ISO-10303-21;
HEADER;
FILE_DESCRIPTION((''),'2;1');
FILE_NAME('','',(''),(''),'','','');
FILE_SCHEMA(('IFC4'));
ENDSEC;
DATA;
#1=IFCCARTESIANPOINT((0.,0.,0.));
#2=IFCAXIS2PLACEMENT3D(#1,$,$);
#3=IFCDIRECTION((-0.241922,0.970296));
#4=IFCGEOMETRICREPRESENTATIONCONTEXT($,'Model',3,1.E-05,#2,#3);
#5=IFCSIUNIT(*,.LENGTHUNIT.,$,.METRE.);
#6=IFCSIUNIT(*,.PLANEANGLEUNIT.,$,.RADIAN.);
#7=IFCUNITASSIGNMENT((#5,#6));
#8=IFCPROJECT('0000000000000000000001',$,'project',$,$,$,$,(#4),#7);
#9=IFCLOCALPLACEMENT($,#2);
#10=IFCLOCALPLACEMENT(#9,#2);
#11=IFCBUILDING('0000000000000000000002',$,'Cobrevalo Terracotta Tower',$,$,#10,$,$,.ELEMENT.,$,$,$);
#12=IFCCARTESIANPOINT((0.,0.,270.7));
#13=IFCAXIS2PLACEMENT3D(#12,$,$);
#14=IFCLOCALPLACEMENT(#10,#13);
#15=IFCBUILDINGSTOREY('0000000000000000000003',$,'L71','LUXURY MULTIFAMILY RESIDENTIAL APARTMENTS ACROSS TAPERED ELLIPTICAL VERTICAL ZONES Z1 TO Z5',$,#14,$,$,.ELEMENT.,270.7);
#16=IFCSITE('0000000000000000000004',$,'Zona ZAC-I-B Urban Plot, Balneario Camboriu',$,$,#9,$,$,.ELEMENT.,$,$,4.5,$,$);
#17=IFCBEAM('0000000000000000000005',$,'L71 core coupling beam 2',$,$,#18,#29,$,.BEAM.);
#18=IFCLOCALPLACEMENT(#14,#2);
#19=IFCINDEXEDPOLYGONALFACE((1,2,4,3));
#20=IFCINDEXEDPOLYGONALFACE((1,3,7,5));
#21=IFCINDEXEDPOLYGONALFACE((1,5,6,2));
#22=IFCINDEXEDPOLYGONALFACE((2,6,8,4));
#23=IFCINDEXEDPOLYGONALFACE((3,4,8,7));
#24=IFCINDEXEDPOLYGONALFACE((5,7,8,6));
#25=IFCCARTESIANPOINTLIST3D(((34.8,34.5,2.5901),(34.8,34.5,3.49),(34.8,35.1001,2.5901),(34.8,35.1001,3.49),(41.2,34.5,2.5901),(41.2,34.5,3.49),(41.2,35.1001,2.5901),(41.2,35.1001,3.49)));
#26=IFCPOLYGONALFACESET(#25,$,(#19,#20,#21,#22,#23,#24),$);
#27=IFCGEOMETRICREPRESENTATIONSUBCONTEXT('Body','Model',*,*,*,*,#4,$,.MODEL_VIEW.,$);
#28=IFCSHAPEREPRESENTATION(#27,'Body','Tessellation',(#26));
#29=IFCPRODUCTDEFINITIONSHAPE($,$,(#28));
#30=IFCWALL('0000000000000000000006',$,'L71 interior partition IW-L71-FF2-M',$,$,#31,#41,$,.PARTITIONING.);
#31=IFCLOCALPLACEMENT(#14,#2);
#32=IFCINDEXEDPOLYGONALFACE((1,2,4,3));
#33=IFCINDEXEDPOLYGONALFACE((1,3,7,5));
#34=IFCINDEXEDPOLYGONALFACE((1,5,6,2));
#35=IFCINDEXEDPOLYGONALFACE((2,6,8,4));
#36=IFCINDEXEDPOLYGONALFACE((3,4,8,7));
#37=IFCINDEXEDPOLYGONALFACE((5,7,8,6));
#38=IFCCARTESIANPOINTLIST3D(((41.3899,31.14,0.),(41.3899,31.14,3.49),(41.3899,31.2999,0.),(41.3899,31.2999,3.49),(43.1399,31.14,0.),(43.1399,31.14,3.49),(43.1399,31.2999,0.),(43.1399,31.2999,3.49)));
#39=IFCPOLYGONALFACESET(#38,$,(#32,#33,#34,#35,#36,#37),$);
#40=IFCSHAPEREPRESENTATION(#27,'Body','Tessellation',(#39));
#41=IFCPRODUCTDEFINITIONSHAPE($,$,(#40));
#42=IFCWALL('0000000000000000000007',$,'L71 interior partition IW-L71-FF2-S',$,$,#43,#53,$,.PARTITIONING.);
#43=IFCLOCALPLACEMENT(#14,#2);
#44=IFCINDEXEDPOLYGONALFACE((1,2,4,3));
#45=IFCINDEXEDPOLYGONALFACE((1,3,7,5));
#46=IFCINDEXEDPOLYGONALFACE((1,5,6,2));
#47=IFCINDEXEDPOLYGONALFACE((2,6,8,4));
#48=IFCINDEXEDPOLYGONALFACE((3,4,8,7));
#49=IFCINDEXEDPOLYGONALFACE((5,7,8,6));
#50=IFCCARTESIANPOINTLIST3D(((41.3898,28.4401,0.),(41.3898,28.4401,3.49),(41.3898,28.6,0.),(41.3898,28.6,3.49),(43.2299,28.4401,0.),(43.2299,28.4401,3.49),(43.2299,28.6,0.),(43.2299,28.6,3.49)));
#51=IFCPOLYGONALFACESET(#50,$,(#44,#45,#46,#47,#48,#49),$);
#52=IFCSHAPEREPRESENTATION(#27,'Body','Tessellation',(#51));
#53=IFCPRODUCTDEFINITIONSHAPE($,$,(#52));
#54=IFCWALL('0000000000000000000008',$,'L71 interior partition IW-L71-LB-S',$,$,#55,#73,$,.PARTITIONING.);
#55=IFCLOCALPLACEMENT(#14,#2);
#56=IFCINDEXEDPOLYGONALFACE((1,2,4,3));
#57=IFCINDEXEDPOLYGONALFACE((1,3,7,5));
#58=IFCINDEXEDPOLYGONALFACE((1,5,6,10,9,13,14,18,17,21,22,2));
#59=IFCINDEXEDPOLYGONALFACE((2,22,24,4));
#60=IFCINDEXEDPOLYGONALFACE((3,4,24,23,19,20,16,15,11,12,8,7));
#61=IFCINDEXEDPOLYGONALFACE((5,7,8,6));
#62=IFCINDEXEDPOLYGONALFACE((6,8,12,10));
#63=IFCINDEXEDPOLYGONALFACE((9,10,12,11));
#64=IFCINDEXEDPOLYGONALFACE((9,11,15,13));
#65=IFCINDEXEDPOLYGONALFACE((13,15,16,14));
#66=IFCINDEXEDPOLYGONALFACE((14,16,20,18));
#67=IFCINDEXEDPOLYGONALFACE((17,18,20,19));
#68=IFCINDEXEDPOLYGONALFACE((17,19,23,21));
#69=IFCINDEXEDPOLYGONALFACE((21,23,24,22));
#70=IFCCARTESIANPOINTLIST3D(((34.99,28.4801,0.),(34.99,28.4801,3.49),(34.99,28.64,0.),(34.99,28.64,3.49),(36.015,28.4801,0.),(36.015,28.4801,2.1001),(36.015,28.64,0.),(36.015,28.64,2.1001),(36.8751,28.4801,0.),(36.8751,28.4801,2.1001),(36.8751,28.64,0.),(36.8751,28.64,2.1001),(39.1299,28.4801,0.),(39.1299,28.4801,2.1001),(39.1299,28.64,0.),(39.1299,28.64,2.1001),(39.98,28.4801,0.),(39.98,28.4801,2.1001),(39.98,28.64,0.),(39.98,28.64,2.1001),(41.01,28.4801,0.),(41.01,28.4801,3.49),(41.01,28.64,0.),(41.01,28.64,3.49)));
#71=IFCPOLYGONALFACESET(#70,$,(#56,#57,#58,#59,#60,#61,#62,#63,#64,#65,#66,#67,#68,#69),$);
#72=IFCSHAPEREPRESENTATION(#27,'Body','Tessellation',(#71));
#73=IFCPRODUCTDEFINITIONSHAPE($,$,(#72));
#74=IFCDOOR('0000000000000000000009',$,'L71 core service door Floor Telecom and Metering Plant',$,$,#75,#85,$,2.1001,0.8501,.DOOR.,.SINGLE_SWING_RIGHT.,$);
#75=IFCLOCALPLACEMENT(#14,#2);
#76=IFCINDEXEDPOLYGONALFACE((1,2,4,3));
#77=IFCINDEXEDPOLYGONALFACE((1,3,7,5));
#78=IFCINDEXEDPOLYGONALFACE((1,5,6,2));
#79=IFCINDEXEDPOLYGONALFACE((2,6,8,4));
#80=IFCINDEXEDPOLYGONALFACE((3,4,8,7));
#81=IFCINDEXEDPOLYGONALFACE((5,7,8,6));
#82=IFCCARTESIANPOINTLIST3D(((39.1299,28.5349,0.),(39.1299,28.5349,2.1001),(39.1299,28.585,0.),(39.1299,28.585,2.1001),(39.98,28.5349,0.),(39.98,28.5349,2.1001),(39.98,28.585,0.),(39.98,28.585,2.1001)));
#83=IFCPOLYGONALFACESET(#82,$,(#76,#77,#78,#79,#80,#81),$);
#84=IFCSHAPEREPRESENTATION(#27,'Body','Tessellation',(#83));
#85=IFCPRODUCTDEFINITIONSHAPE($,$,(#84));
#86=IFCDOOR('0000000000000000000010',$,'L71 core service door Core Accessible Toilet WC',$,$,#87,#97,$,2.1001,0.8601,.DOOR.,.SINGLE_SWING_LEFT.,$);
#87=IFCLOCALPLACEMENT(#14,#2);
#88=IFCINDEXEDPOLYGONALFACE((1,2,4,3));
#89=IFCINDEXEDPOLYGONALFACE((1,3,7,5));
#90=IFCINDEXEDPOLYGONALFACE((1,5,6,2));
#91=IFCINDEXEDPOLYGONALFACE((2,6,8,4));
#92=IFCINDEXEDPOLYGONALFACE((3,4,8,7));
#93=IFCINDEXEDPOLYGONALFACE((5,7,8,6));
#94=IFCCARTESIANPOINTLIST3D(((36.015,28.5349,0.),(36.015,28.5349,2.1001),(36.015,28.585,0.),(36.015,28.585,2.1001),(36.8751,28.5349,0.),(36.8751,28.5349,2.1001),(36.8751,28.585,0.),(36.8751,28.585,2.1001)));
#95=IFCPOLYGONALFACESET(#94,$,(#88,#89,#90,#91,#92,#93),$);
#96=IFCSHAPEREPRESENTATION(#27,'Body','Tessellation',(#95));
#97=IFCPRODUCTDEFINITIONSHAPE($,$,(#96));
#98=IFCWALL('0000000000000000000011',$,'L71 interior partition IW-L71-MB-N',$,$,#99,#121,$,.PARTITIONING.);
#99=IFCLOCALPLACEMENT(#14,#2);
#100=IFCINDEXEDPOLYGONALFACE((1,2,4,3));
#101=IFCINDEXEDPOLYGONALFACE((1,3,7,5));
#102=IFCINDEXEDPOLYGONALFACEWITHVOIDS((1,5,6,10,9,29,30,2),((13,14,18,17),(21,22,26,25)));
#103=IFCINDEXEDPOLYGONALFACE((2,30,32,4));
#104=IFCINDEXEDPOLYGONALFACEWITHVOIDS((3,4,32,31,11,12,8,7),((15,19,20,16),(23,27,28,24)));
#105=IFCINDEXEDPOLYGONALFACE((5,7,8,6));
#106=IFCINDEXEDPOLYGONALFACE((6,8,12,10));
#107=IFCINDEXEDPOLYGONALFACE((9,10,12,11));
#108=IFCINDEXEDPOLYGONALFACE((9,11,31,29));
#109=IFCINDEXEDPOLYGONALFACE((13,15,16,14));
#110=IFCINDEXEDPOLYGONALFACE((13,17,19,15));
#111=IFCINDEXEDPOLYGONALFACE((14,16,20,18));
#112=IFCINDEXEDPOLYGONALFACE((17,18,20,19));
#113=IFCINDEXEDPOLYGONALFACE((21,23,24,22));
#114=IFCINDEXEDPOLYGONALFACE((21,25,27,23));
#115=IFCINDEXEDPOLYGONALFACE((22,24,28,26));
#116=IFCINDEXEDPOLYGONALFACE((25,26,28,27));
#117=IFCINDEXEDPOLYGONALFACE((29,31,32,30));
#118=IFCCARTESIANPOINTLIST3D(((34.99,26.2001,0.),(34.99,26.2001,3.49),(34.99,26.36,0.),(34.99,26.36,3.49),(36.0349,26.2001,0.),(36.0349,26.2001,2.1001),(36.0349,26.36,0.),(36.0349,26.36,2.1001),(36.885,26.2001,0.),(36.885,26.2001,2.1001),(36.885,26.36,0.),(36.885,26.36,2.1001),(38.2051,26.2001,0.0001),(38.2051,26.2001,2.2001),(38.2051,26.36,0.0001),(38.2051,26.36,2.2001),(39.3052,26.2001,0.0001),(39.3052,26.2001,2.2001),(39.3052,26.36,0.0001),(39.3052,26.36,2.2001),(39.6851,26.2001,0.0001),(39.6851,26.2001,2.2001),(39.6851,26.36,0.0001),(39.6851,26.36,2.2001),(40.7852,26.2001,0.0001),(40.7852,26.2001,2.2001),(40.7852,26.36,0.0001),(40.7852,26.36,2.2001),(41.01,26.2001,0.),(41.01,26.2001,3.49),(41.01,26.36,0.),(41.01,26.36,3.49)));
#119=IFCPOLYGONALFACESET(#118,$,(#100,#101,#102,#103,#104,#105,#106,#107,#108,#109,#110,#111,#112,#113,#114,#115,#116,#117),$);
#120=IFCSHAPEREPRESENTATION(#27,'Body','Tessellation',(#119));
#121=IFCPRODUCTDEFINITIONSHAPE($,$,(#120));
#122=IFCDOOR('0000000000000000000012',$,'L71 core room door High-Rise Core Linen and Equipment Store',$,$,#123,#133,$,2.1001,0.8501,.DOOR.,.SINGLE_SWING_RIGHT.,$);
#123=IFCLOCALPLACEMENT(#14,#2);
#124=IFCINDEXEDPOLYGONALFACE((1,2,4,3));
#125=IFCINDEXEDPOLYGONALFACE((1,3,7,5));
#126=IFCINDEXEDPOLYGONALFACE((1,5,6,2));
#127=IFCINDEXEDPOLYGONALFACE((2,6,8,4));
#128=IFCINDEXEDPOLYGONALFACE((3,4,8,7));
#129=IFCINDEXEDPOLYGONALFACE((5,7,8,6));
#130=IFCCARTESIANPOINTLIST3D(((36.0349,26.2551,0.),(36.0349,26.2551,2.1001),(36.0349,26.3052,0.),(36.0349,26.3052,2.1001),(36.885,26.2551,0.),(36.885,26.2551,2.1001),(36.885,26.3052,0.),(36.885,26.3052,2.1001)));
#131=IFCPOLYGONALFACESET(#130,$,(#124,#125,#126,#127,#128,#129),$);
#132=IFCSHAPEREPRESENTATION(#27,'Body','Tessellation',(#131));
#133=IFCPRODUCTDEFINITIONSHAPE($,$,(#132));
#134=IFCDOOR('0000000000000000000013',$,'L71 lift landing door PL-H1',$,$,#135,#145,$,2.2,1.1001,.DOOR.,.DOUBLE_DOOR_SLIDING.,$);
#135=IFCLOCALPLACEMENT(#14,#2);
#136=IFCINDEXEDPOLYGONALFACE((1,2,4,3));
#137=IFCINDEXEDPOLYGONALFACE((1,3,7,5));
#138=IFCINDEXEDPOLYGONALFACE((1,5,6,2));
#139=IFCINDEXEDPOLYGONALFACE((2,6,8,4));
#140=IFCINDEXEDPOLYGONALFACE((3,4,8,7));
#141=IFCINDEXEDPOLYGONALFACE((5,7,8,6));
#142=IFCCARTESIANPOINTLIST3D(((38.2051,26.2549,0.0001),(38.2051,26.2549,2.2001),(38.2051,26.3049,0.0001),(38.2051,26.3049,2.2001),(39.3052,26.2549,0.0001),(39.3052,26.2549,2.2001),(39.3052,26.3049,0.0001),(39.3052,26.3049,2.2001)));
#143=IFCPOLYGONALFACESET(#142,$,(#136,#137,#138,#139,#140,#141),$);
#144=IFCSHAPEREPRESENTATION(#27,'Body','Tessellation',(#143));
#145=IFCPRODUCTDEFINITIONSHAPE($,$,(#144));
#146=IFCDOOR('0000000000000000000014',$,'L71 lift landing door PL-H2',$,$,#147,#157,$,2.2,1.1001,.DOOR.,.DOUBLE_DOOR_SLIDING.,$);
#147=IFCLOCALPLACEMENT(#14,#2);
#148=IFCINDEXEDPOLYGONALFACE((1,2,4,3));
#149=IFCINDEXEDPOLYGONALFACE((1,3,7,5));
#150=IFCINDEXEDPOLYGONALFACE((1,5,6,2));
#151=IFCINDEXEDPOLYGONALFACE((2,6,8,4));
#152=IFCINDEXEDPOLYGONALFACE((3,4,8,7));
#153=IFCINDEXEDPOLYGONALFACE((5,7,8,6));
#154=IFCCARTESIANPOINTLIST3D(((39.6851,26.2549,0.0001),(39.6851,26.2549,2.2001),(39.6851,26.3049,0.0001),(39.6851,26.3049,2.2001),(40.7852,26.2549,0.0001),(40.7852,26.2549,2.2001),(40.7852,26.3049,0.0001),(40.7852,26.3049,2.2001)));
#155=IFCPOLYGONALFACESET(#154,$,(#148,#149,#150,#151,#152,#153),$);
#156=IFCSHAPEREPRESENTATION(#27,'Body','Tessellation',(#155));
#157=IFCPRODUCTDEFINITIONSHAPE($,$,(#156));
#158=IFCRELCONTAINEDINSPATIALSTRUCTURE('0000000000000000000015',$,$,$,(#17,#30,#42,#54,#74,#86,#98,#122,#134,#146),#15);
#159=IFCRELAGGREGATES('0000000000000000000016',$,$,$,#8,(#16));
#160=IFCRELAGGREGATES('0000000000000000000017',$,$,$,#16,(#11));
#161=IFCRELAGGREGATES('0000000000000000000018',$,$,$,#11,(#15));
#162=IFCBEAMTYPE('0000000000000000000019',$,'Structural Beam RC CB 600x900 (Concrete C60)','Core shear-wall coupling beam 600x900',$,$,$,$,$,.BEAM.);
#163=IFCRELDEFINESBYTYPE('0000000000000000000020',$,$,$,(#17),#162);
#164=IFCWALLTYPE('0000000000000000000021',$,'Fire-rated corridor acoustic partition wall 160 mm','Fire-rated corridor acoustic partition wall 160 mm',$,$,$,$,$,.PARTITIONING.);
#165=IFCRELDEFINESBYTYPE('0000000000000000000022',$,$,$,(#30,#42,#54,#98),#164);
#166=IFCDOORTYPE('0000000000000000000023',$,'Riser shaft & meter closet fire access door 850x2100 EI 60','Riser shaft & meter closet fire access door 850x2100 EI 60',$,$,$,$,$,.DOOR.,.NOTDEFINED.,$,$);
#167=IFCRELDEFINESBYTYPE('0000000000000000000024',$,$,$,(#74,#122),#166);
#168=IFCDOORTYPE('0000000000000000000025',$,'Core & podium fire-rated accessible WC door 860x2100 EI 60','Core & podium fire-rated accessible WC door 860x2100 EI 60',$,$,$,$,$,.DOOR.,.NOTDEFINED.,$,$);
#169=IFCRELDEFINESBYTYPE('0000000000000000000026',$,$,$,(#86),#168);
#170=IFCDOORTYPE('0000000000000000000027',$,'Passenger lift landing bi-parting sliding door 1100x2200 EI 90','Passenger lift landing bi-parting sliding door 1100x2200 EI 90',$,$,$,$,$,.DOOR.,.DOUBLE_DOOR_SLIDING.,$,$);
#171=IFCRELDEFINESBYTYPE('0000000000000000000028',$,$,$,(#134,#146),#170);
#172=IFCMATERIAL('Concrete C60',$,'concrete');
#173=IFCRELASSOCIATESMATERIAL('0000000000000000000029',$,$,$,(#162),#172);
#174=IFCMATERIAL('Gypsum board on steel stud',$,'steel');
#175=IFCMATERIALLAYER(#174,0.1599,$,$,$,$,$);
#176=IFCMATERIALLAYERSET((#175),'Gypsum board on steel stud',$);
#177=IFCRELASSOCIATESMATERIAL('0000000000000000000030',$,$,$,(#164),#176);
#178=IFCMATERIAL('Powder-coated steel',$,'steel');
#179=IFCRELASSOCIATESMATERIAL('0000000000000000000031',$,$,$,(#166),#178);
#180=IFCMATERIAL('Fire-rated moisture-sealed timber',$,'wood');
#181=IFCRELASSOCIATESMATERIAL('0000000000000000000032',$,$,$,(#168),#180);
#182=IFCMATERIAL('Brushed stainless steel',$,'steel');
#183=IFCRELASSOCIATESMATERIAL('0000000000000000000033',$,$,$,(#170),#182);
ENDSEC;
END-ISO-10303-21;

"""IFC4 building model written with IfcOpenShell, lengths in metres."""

from ifc_helpers import new_model, si_unit, direction, frame, frame_2d, origin, origin_2d, place, context, subcontext, project, spatial, rectangle, extrude, source, transform, mapped, material, layer, layer_set, material_profile, profile_set, type_object, element, fill, save


model = new_model("IFC4")

# Units and contexts
model_context = context("Model", 3, precision=1e-05, world=origin(), true_north=direction((-0.241922, 0.970296)))
body_context = subcontext(model_context, "Body", "Model", "MODEL_VIEW")
ifc_project = project(units=[si_unit("LENGTHUNIT", "METRE"), si_unit("PLANEANGLEUNIT", "RADIAN")], contexts=[model_context])

# Site, building, storey
site_placement = place(None, origin())
site = spatial("IfcSite", under=ifc_project, at=site_placement, Name="Zona ZAC-I-B Urban Plot, Balneario Camboriu", CompositionType="ELEMENT", RefElevation=4.5)
building_placement = place(site_placement, origin())
building = spatial("IfcBuilding", under=site, at=building_placement, Name="Cobrevalo Terracotta Tower", CompositionType="ELEMENT")
storey_placement = place(building_placement, frame((0.0, 0.0, 270.7)))
storey = spatial("IfcBuildingStorey", under=building, at=storey_placement, Name="L71", Description="LUXURY MULTIFAMILY RESIDENTIAL APARTMENTS ACROSS TAPERED ELLIPTICAL VERTICAL ZONES Z1 TO Z5", CompositionType="ELEMENT", Elevation=270.7)

# Beam
ifc_material_1 = material(Name="Concrete C60", Category="concrete")
ifc_material_profile = material_profile(ifc_material_1, rectangle(XDim=0.6001, YDim=0.8999, at=origin_2d()), Name="RC CB 600x900")
ifc_profile_set = profile_set([ifc_material_profile], Name="Concrete C60")
beam_type = type_object("IfcBeamType", Name="Structural Beam RC CB 600x900 (Concrete C60)", Description="Core shear-wall coupling beam 600x900", PredefinedType="BEAM", material=ifc_profile_set)
beam_placement = place(storey_placement, frame((34.8, 34.8, 3.04), z_axis=(1.0, 0.0, 0.0), x_axis=(0.0, 1.0, 0.0)))
element("IfcBeam", 1, at=beam_placement, inside=storey, type_object=beam_type, Name="L71 core coupling beam 2", PredefinedType="BEAM", context=body_context, shape_type="SweptSolid", body=[
    extrude(rectangle(XDim=0.6001, YDim=0.8999, at=origin_2d()), origin(), (0.0, 0.0, 1.0), 6.3999),
])

# Walls
ifc_material_2 = material(Name="Gypsum board on steel stud", Category="steel")
ifc_layer_1 = layer(ifc_material_2, 0.1599)
ifc_layer_set_1 = layer_set([ifc_layer_1], Name="Gypsum board on steel stud")
wall_type_1 = type_object("IfcWallType", Name="Fire-rated corridor acoustic partition wall 160 mm", Description="Fire-rated corridor acoustic partition wall 160 mm", PredefinedType="PARTITIONING", material=ifc_layer_set_1)
wall_1_placement = place(storey_placement, frame((41.3899, 31.22, 0.0), z_axis=(0.0, 0.0, 1.0), x_axis=(1.0, 0.0, 0.0)))
element("IfcWall", 2, at=wall_1_placement, inside=storey, type_object=wall_type_1, Name="L71 interior partition IW-L71-FF2-M", PredefinedType="PARTITIONING", context=body_context, shape_type="SweptSolid", body=[
    extrude(rectangle(XDim=1.75, YDim=0.1599, at=frame_2d((0.875, 0.0))), origin(), (0.0, 0.0, 1.0), 3.49),
])
wall_2_placement = place(storey_placement, frame((41.3899, 28.52, 0.0), z_axis=(0.0, 0.0, 1.0), x_axis=(1.0, 0.0, 0.0)))
element("IfcWall", 3, at=wall_2_placement, inside=storey, type_object=wall_type_1, Name="L71 interior partition IW-L71-FF2-S", PredefinedType="PARTITIONING", context=body_context, shape_type="SweptSolid", body=[
    extrude(rectangle(XDim=1.8401, YDim=0.1599, at=frame_2d((0.9199, 0.0))), origin(), (0.0, 0.0, 1.0), 3.49),
])

# Walls, openings, doors
wall_3_placement = place(storey_placement, frame((34.99, 28.5601, 0.0), z_axis=(0.0, 0.0, 1.0), x_axis=(1.0, 0.0, 0.0)))
wall_3 = element("IfcWall", 4, at=wall_3_placement, inside=storey, type_object=wall_type_1, Name="L71 interior partition IW-L71-LB-S", PredefinedType="PARTITIONING", context=body_context, shape_type="SweptSolid", body=[
    extrude(rectangle(XDim=6.02, YDim=0.1599, at=frame_2d((3.01, 0.0))), origin(), (0.0, 0.0, 1.0), 3.49),
])
opening_1_placement = place(wall_3_placement, frame((1.0249, 0.0, 0.0)))
opening_1 = element("IfcOpeningElement", 5, at=opening_1_placement, cuts=wall_3, PredefinedType="OPENING", context=body_context, shape_type="SweptSolid", body=[
    extrude(rectangle(XDim=0.8601, YDim=2.1001, at=frame_2d((0.4302, 1.05))), frame((0.0, 0.0898, 0.0), z_axis=(0.0, -1.0, 0.0), x_axis=(1.0, 0.0, 0.0)), (0.0, 0.0, 1.0), 0.1799),
])
opening_2_placement = place(wall_3_placement, frame((4.1399, 0.0, 0.0)))
opening_2 = element("IfcOpeningElement", 6, at=opening_2_placement, cuts=wall_3, PredefinedType="OPENING", context=body_context, shape_type="SweptSolid", body=[
    extrude(rectangle(XDim=0.8501, YDim=2.1001, at=frame_2d((0.425, 1.05))), frame((0.0, 0.0898, 0.0), z_axis=(0.0, -1.0, 0.0), x_axis=(1.0, 0.0, 0.0)), (0.0, 0.0, 1.0), 0.1799),
])
ifc_material_3 = material(Name="Powder-coated steel", Category="steel")
door_type_1 = type_object("IfcDoorType", Name="Riser shaft & meter closet fire access door 850x2100 EI 60", Description="Riser shaft & meter closet fire access door 850x2100 EI 60", OperationType="NOTDEFINED", PredefinedType="DOOR", material=ifc_material_3)
shared_shape_1 = source(origin(), body_context, "Body", "SweptSolid", [
    extrude(rectangle(XDim=0.8501, YDim=2.1001, at=frame_2d((0.425, 1.05))), frame((0.0, 0.0249, 0.0), z_axis=(0.0, -1.0, 0.0), x_axis=(1.0, 0.0, 0.0)), (0.0, 0.0, 1.0), 0.05),
])
door_1_placement = place(opening_2_placement, origin())
door_1 = element("IfcDoor", 7, at=door_1_placement, inside=storey, type_object=door_type_1, Name="L71 core service door Floor Telecom and Metering Plant", OperationType="SINGLE_SWING_RIGHT", OverallHeight=2.1001, OverallWidth=0.8501, PredefinedType="DOOR", context=body_context, shape_type="MappedRepresentation", body=[
    mapped(shared_shape_1, transform((0.0, 0.0, 0.0), scale=1.0)),
])
fill(opening_2, door_1)
ifc_material_4 = material(Name="Fire-rated moisture-sealed timber", Category="wood")
door_type_2 = type_object("IfcDoorType", Name="Core & podium fire-rated accessible WC door 860x2100 EI 60", Description="Core & podium fire-rated accessible WC door 860x2100 EI 60", OperationType="NOTDEFINED", PredefinedType="DOOR", material=ifc_material_4)
shared_shape_2 = source(origin(), body_context, "Body", "SweptSolid", [
    extrude(rectangle(XDim=0.8601, YDim=2.1001, at=frame_2d((0.4302, 1.05))), frame((0.0, 0.0249, 0.0), z_axis=(0.0, -1.0, 0.0), x_axis=(1.0, 0.0, 0.0)), (0.0, 0.0, 1.0), 0.05),
])
door_2_placement = place(opening_1_placement, origin())
door_2 = element("IfcDoor", 8, at=door_2_placement, inside=storey, type_object=door_type_2, Name="L71 core service door Core Accessible Toilet WC", OperationType="SINGLE_SWING_LEFT", OverallHeight=2.1001, OverallWidth=0.8601, PredefinedType="DOOR", context=body_context, shape_type="MappedRepresentation", body=[
    mapped(shared_shape_2, transform((0.0, 0.0, 0.0), scale=1.0)),
])
fill(opening_1, door_2)
wall_4_placement = place(storey_placement, frame((34.99, 26.28, 0.0), z_axis=(0.0, 0.0, 1.0), x_axis=(1.0, 0.0, 0.0)))
wall_4 = element("IfcWall", 9, at=wall_4_placement, inside=storey, type_object=wall_type_1, Name="L71 interior partition IW-L71-MB-N", PredefinedType="PARTITIONING", context=body_context, shape_type="SweptSolid", body=[
    extrude(rectangle(XDim=6.02, YDim=0.1599, at=frame_2d((3.01, 0.0))), origin(), (0.0, 0.0, 1.0), 3.49),
])
opening_3_placement = place(wall_4_placement, frame((1.0449, 0.0, 0.0)))
opening_3 = element("IfcOpeningElement", 10, at=opening_3_placement, cuts=wall_4, PredefinedType="OPENING", context=body_context, shape_type="SweptSolid", body=[
    extrude(rectangle(XDim=0.8501, YDim=2.1001, at=frame_2d((0.425, 1.05))), frame((0.0, 0.0898, 0.0), z_axis=(0.0, -1.0, 0.0), x_axis=(1.0, 0.0, 0.0)), (0.0, 0.0, 1.0), 0.1799),
])
opening_4_placement = place(wall_4_placement, frame((3.2151, 0.0, 0.0)))
opening_4 = element("IfcOpeningElement", 11, at=opening_4_placement, cuts=wall_4, PredefinedType="OPENING", context=body_context, shape_type="SweptSolid", body=[
    extrude(rectangle(XDim=1.1001, YDim=2.2, at=frame_2d((0.55, 1.1001))), frame((0.0, 0.0898, 0.0), z_axis=(0.0, -1.0, 0.0), x_axis=(1.0, 0.0, 0.0)), (0.0, 0.0, 1.0), 0.1799),
])
opening_5_placement = place(wall_4_placement, frame((4.6951, 0.0, 0.0)))
opening_5 = element("IfcOpeningElement", 12, at=opening_5_placement, cuts=wall_4, PredefinedType="OPENING", context=body_context, shape_type="SweptSolid", body=[
    extrude(rectangle(XDim=1.1001, YDim=2.2, at=frame_2d((0.55, 1.1001))), frame((0.0, 0.0898, 0.0), z_axis=(0.0, -1.0, 0.0), x_axis=(1.0, 0.0, 0.0)), (0.0, 0.0, 1.0), 0.1799),
])
door_3_placement = place(opening_3_placement, frame((0.8501, 0.0, 0.0), z_axis=(0.0, 0.0, 1.0), x_axis=(-1.0, 0.0, 0.0)))
door_3 = element("IfcDoor", 13, at=door_3_placement, inside=storey, type_object=door_type_1, Name="L71 core room door High-Rise Core Linen and Equipment Store", OperationType="SINGLE_SWING_RIGHT", OverallHeight=2.1001, OverallWidth=0.8501, PredefinedType="DOOR", context=body_context, shape_type="MappedRepresentation", body=[
    mapped(shared_shape_1, transform((0.0, 0.0, 0.0), scale=1.0)),
])
fill(opening_3, door_3)
ifc_material_5 = material(Name="Brushed stainless steel", Category="steel")
door_type_3 = type_object("IfcDoorType", Name="Passenger lift landing bi-parting sliding door 1100x2200 EI 90", Description="Passenger lift landing bi-parting sliding door 1100x2200 EI 90", OperationType="DOUBLE_DOOR_SLIDING", PredefinedType="DOOR", material=ifc_material_5)
shared_shape_3 = source(origin(), body_context, "Body", "SweptSolid", [
    extrude(rectangle(XDim=1.1001, YDim=2.2, at=frame_2d((0.55, 1.1001))), frame((0.0, 0.0249, 0.0), z_axis=(0.0, -1.0, 0.0), x_axis=(1.0, 0.0, 0.0)), (0.0, 0.0, 1.0), 0.05),
])
door_4_placement = place(opening_4_placement, origin())
door_4 = element("IfcDoor", 14, at=door_4_placement, inside=storey, type_object=door_type_3, Name="L71 lift landing door PL-H1", OperationType="DOUBLE_DOOR_SLIDING", OverallHeight=2.2, OverallWidth=1.1001, PredefinedType="DOOR", context=body_context, shape_type="MappedRepresentation", body=[
    mapped(shared_shape_3, transform((0.0, 0.0, 0.0), scale=1.0)),
])
fill(opening_4, door_4)
door_5_placement = place(opening_5_placement, origin())
door_5 = element("IfcDoor", 15, at=door_5_placement, inside=storey, type_object=door_type_3, Name="L71 lift landing door PL-H2", OperationType="DOUBLE_DOOR_SLIDING", OverallHeight=2.2, OverallWidth=1.1001, PredefinedType="DOOR", context=body_context, shape_type="MappedRepresentation", body=[
    mapped(shared_shape_3, transform((0.0, 0.0, 0.0), scale=1.0)),
])
fill(opening_5, door_5)

save(model, "model.ifc")
